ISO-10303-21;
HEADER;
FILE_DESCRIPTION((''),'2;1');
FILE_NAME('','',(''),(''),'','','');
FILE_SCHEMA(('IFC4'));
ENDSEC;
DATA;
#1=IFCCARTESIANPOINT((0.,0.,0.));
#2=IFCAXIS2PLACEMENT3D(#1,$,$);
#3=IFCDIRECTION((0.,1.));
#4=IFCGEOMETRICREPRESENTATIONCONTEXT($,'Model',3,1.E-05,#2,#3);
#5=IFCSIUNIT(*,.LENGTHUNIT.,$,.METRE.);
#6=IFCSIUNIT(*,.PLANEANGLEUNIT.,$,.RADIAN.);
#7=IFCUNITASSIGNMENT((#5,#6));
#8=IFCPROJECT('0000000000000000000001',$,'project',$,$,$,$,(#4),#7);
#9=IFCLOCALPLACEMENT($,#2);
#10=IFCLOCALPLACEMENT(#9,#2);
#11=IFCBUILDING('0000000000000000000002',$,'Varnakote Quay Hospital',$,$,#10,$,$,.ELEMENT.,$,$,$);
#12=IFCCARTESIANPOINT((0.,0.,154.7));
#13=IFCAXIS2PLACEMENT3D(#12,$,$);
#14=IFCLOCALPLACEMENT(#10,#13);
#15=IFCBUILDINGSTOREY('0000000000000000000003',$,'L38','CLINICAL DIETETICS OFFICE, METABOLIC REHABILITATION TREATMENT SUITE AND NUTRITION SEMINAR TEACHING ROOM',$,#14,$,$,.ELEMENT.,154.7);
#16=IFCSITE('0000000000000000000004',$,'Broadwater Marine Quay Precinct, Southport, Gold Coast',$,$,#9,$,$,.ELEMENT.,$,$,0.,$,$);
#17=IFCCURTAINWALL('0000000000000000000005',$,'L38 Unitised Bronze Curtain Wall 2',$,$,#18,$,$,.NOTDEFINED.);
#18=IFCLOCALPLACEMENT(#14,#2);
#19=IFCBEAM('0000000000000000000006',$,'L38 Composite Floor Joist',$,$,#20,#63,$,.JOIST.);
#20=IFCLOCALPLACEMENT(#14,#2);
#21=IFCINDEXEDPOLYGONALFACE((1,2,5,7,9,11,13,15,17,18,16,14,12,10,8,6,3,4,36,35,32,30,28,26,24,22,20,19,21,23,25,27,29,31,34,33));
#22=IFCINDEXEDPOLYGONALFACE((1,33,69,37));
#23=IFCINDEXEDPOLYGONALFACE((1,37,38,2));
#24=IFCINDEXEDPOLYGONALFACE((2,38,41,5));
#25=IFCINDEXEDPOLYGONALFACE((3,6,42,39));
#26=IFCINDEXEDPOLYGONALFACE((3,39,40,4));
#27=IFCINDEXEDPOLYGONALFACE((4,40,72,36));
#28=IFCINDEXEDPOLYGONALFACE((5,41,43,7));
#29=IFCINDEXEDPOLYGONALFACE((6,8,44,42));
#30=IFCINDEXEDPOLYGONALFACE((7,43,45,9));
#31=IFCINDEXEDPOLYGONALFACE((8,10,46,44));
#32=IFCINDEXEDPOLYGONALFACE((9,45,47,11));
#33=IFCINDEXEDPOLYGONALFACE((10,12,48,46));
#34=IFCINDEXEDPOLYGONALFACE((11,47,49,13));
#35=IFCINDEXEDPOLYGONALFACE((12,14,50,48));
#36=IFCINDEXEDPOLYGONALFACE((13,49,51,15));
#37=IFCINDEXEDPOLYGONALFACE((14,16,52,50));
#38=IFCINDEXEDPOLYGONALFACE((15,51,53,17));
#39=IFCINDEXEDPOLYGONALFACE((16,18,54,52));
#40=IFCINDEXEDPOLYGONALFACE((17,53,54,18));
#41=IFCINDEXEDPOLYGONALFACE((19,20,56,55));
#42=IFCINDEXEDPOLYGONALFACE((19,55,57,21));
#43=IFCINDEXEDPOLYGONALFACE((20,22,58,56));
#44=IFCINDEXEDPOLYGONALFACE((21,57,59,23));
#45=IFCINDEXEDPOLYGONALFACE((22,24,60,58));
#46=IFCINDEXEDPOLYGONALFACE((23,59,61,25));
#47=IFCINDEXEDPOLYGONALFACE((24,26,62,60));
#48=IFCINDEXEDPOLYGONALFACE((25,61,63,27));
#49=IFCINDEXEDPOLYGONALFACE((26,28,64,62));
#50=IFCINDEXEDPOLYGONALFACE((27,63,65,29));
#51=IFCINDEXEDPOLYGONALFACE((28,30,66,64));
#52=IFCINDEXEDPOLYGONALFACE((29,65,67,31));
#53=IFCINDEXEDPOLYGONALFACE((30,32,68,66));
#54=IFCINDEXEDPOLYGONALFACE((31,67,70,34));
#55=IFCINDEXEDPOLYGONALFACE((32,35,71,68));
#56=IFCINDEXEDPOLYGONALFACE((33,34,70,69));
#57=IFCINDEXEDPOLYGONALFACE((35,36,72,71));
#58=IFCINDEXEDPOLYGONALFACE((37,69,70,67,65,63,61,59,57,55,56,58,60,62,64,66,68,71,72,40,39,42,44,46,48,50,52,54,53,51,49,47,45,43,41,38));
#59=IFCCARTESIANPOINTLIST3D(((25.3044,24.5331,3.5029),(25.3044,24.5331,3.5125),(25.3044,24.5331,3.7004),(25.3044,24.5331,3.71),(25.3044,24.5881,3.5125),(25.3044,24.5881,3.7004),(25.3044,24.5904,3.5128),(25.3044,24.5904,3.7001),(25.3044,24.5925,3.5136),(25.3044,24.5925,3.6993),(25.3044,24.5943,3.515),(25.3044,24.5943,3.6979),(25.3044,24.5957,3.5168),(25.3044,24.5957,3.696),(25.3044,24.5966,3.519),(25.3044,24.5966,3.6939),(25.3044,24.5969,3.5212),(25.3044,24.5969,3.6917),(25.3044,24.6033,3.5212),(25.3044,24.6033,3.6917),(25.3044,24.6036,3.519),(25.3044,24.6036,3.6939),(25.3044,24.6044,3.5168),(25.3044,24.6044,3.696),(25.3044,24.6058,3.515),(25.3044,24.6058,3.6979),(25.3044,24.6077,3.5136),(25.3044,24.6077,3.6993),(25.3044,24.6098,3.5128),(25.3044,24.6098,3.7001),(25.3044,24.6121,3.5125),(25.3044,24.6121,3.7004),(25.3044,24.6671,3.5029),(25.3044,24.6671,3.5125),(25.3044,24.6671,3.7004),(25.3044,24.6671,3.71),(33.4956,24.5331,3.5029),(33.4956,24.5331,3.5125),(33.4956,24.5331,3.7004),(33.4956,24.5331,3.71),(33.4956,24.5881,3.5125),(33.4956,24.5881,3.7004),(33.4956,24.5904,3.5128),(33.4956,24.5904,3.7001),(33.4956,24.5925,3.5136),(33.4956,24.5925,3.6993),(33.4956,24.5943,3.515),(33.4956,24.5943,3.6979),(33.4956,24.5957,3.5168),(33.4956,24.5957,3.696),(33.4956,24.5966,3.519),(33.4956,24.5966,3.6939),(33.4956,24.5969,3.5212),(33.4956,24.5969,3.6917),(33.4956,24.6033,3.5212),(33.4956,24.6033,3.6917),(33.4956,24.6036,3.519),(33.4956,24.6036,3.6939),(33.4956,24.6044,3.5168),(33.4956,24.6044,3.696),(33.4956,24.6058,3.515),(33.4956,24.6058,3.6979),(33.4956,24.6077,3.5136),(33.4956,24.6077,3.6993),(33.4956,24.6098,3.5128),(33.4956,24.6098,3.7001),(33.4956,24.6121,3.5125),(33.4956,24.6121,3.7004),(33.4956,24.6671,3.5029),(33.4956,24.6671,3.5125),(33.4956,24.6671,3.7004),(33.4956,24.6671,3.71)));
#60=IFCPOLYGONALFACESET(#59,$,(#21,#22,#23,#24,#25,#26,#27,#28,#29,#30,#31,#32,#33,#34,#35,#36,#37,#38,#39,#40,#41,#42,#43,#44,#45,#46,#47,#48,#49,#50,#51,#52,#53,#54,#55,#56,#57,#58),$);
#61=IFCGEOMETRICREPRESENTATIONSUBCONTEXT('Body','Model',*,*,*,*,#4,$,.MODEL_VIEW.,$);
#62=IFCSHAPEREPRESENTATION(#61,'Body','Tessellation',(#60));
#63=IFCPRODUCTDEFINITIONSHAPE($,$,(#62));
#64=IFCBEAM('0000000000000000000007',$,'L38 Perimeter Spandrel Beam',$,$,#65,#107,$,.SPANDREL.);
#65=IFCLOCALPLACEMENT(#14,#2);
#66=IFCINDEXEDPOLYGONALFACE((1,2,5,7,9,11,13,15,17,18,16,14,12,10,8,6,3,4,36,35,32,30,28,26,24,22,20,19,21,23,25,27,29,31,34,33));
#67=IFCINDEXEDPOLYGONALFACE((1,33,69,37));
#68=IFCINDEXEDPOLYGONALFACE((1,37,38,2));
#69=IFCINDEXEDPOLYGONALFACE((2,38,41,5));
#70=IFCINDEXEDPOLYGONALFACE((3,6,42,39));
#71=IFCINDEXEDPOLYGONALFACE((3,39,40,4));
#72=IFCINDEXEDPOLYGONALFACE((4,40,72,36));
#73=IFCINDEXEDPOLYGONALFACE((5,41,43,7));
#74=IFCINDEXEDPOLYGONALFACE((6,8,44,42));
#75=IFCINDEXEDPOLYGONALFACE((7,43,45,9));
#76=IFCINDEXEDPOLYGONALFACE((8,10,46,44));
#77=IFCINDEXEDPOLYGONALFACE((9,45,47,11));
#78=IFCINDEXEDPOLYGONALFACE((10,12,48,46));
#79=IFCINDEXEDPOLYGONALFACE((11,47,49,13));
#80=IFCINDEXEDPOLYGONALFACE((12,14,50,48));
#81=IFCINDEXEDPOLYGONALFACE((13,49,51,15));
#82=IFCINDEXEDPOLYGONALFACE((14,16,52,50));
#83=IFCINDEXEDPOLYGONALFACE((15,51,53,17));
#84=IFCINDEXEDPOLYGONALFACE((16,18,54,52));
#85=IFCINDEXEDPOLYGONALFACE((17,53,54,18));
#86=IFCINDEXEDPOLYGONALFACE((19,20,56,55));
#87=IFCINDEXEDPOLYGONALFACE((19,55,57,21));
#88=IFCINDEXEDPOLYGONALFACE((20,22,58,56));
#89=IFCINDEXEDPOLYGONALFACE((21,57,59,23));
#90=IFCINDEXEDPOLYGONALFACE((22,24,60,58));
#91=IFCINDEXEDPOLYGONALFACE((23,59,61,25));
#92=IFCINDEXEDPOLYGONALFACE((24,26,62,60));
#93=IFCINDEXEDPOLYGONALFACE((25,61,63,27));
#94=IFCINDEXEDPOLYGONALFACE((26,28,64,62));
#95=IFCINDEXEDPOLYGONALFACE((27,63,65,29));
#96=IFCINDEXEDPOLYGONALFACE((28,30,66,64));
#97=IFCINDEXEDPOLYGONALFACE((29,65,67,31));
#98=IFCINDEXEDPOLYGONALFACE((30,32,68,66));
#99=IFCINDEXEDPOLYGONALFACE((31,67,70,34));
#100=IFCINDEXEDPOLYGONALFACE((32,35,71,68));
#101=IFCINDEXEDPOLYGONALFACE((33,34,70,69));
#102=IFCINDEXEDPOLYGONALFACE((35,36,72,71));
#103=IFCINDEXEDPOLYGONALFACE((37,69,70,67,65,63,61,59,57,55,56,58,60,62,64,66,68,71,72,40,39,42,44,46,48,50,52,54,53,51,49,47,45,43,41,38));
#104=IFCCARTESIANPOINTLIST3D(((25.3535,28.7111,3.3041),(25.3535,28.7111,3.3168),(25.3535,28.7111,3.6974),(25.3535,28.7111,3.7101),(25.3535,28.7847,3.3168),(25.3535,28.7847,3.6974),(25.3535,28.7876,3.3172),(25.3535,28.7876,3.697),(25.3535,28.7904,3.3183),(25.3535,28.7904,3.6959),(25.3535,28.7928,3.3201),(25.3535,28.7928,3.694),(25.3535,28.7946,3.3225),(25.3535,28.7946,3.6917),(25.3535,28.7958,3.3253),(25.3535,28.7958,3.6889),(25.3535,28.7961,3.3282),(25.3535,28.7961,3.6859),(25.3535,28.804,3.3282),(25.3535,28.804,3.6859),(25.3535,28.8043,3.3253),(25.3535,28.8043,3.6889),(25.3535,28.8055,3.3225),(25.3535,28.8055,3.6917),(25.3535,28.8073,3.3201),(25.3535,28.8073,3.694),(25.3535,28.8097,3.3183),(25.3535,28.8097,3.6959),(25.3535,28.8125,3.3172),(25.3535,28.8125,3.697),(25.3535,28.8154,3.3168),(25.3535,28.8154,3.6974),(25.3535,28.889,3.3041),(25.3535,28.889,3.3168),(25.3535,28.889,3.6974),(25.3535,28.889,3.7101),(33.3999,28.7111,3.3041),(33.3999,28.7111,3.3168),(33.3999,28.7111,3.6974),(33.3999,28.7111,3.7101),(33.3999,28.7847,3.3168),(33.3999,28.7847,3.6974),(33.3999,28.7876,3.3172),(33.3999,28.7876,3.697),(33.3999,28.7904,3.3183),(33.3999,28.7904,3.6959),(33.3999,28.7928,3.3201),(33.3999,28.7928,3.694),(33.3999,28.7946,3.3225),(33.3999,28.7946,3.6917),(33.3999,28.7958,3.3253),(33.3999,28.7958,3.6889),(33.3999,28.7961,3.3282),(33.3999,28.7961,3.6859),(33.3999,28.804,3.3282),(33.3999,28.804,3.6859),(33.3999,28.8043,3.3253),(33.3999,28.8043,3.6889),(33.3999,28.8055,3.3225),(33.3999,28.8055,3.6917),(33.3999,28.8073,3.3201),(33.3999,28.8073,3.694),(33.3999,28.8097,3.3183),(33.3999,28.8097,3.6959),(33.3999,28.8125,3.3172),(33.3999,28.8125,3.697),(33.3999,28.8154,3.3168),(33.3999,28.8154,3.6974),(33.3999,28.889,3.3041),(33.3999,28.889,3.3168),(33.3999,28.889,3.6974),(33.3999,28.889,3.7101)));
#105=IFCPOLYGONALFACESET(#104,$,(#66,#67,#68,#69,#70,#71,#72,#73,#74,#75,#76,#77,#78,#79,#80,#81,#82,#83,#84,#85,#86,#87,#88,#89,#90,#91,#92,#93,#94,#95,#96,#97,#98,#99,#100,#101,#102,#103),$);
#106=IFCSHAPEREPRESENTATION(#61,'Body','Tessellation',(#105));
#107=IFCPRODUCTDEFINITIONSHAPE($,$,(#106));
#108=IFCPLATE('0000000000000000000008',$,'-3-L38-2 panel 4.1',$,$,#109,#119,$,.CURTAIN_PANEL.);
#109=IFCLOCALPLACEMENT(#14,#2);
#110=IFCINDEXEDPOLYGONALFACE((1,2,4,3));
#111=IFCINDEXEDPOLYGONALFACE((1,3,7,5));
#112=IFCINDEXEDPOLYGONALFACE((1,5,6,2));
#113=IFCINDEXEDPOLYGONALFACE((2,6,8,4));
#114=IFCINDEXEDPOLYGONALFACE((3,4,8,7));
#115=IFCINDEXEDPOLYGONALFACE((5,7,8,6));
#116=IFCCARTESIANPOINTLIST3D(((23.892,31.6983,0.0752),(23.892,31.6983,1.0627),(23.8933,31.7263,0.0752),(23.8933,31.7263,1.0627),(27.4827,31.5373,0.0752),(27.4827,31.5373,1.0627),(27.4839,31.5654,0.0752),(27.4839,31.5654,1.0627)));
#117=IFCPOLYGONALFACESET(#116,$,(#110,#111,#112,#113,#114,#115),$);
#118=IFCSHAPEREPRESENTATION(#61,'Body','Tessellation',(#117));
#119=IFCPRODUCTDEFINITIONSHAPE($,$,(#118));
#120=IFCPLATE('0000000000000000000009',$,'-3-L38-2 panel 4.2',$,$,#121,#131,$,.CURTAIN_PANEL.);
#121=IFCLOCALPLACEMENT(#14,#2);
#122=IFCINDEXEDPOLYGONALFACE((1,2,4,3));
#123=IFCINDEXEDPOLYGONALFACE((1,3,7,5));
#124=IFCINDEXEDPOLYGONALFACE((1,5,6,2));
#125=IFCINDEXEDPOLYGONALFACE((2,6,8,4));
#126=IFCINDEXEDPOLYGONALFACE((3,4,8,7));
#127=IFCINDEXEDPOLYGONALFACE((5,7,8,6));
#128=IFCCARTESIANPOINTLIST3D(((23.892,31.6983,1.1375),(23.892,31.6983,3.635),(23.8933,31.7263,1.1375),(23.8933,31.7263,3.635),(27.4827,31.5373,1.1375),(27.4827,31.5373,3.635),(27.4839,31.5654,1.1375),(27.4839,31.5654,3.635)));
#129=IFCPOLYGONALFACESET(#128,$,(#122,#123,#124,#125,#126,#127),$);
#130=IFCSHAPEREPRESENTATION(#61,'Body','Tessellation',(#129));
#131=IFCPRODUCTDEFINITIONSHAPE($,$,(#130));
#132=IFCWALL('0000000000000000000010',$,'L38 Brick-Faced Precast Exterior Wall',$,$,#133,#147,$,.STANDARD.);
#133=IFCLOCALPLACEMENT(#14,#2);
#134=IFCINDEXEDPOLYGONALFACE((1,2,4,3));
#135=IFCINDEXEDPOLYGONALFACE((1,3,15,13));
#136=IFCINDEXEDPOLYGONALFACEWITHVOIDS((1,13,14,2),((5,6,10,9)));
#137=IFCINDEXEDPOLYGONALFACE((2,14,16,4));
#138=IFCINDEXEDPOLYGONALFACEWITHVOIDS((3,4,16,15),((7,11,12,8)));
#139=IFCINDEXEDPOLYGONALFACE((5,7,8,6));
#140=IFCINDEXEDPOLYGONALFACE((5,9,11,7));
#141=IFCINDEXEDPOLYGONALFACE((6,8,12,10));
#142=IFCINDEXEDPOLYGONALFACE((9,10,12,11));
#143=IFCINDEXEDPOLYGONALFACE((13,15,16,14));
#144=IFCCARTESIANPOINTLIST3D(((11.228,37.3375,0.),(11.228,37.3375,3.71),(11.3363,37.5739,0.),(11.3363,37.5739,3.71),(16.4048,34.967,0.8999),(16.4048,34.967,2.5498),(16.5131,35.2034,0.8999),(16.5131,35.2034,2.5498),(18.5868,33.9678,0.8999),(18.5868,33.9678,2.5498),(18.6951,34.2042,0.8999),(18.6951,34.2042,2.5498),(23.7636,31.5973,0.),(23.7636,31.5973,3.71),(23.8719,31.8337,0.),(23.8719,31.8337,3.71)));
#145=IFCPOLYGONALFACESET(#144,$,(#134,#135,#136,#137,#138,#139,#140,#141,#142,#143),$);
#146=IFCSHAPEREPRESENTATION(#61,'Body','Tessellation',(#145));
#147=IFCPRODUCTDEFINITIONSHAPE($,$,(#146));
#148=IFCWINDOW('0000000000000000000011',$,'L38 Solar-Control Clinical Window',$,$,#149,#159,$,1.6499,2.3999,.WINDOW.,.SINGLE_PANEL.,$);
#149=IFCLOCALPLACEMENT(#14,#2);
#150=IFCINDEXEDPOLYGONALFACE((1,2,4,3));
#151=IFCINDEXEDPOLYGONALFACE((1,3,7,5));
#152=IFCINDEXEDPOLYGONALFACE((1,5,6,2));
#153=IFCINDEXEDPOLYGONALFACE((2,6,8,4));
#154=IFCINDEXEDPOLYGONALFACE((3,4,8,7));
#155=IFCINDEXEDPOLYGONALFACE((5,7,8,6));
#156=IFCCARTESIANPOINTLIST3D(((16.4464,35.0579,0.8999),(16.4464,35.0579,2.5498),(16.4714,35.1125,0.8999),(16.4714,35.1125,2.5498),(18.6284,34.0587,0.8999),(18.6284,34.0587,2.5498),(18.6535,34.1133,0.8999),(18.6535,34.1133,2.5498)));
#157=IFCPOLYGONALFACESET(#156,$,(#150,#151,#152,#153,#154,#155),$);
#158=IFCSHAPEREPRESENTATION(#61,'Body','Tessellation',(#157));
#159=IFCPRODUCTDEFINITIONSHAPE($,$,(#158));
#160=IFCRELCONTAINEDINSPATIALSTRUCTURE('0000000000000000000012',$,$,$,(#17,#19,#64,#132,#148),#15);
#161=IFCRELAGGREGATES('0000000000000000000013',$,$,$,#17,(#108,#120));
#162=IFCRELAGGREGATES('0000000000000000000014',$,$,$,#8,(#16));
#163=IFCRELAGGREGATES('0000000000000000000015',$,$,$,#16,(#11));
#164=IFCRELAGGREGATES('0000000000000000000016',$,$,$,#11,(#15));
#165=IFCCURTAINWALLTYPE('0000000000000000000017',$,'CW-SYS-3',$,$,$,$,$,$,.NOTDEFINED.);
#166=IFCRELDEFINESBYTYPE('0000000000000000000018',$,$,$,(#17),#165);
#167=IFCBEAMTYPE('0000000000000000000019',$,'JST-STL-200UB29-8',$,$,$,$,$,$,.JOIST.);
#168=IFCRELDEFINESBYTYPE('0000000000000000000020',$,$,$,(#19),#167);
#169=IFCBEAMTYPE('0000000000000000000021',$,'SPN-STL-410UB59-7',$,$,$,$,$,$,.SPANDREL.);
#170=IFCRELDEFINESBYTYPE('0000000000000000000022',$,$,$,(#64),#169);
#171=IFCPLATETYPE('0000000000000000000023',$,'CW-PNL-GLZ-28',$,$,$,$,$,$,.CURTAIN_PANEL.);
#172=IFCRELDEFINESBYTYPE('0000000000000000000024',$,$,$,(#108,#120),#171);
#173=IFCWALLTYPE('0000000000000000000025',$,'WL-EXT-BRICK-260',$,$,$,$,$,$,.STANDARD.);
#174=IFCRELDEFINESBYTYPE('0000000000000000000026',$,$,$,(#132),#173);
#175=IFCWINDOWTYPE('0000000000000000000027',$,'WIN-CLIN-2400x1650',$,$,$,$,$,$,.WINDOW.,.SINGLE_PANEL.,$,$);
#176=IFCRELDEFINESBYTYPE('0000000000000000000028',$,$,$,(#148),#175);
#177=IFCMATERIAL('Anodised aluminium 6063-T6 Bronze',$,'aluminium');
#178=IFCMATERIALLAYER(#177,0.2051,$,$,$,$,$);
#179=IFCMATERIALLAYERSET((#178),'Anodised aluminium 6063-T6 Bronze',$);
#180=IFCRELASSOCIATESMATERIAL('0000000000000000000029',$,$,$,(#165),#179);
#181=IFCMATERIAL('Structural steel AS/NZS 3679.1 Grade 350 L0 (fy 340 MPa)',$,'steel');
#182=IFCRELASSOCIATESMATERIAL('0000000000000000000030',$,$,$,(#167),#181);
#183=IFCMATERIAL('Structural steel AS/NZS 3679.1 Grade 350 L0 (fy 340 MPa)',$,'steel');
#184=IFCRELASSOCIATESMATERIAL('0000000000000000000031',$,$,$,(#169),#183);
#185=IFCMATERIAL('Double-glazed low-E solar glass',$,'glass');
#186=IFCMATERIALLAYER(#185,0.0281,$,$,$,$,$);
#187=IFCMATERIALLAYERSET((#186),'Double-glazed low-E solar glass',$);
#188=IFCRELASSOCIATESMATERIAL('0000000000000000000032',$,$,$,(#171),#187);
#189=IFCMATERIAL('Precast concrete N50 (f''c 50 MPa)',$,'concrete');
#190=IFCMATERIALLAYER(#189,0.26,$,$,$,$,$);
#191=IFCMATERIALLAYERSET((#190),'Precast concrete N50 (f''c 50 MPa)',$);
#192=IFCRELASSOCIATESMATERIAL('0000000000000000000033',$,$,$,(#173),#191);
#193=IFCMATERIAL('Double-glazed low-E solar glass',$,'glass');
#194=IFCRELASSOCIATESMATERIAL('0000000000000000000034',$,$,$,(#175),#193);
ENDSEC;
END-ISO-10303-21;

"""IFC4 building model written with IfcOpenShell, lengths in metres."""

from ifc_helpers import new_model, si_unit, direction, frame, frame_2d, origin, origin_2d, place, context, subcontext, project, spatial, rectangle, i_section, extrude, material, layer, layer_set, material_profile, profile_set, type_object, element, fill, aggregate, save


model = new_model("IFC4")

# Units and contexts
model_context = context("Model", 3, precision=1e-05, world=origin(), true_north=direction((0.0, 1.0)))
body_context = subcontext(model_context, "Body", "Model", "MODEL_VIEW")
ifc_project = project(units=[si_unit("LENGTHUNIT", "METRE"), si_unit("PLANEANGLEUNIT", "RADIAN")], contexts=[model_context])

# Site, building, storey
site_placement = place(None, origin())
site = spatial("IfcSite", under=ifc_project, at=site_placement, Name="Broadwater Marine Quay Precinct, Southport, Gold Coast", CompositionType="ELEMENT", RefElevation=0.0)
building_placement = place(site_placement, origin())
building = spatial("IfcBuilding", under=site, at=building_placement, Name="Varnakote Quay Hospital", CompositionType="ELEMENT")
storey_placement = place(building_placement, frame((0.0, 0.0, 154.7)))
storey = spatial("IfcBuildingStorey", under=building, at=storey_placement, Name="L38", Description="CLINICAL DIETETICS OFFICE, METABOLIC REHABILITATION TREATMENT SUITE AND NUTRITION SEMINAR TEACHING ROOM", CompositionType="ELEMENT", Elevation=154.7)

# Curtain wall
ifc_material_1 = material(Name="Anodised aluminium 6063-T6 Bronze", Category="aluminium")
ifc_layer_1 = layer(ifc_material_1, 0.2051)
ifc_layer_set_1 = layer_set([ifc_layer_1], Name="Anodised aluminium 6063-T6 Bronze")
curtain_wall_type = type_object("IfcCurtainWallType", Name="CW-SYS-3", PredefinedType="NOTDEFINED", material=ifc_layer_set_1)
curtain_wall_placement = place(storey_placement, origin())
curtain_wall = element("IfcCurtainWall", 1, at=curtain_wall_placement, inside=storey, type_object=curtain_wall_type, Name="L38 Unitised Bronze Curtain Wall 2", PredefinedType="NOTDEFINED")

# Beams
ifc_material_2 = material(Name="Structural steel AS/NZS 3679.1 Grade 350 L0 (fy 340 MPa)", Category="steel")
ifc_material_profile_1 = material_profile(ifc_material_2, i_section(OverallWidth=0.134, OverallDepth=0.207, WebThickness=0.0063, FlangeThickness=0.0095, FilletRadius=0.0088, at=origin_2d()), Name="200UB29.8")
ifc_profile_set_1 = profile_set([ifc_material_profile_1], Name="Structural steel AS/NZS 3679.1 Grade 350 L0 (fy 340 MPa)")
beam_type_1 = type_object("IfcBeamType", Name="JST-STL-200UB29-8", PredefinedType="JOIST", material=ifc_profile_set_1)
beam_1_placement = place(storey_placement, frame((25.3044, 24.6001, 3.6064), z_axis=(1.0, 0.0, 0.0), x_axis=(0.0, 1.0, 0.0)))
element("IfcBeam", 2, at=beam_1_placement, inside=storey, type_object=beam_type_1, Name="L38 Composite Floor Joist", PredefinedType="JOIST", context=body_context, shape_type="SweptSolid", body=[
    extrude(i_section(OverallWidth=0.134, OverallDepth=0.207, WebThickness=0.0063, FlangeThickness=0.0095, FilletRadius=0.0088, at=origin_2d()), origin(), (0.0, 0.0, 1.0), 8.1912),
])
ifc_material_3 = material(Name="Structural steel AS/NZS 3679.1 Grade 350 L0 (fy 340 MPa)", Category="steel")
ifc_material_profile_2 = material_profile(ifc_material_3, i_section(OverallWidth=0.178, OverallDepth=0.406, WebThickness=0.0078, FlangeThickness=0.0127, FilletRadius=0.0115, at=origin_2d()), Name="410UB59.7")
ifc_profile_set_2 = profile_set([ifc_material_profile_2], Name="Structural steel AS/NZS 3679.1 Grade 350 L0 (fy 340 MPa)")
beam_type_2 = type_object("IfcBeamType", Name="SPN-STL-410UB59-7", PredefinedType="SPANDREL", material=ifc_profile_set_2)
beam_2_placement = place(storey_placement, frame((25.3535, 28.8, 3.5071), z_axis=(1.0, 0.0, 0.0), x_axis=(0.0, 1.0, 0.0)))
element("IfcBeam", 3, at=beam_2_placement, inside=storey, type_object=beam_type_2, Name="L38 Perimeter Spandrel Beam", PredefinedType="SPANDREL", context=body_context, shape_type="SweptSolid", body=[
    extrude(i_section(OverallWidth=0.178, OverallDepth=0.406, WebThickness=0.0078, FlangeThickness=0.0127, FilletRadius=0.0115, at=origin_2d()), origin(), (0.0, 0.0, 1.0), 8.0464),
])

# Plates
ifc_material_4 = material(Name="Double-glazed low-E solar glass", Category="glass")
ifc_layer_2 = layer(ifc_material_4, 0.0281)
ifc_layer_set_2 = layer_set([ifc_layer_2], Name="Double-glazed low-E solar glass")
plate_type = type_object("IfcPlateType", Name="CW-PNL-GLZ-28", PredefinedType="CURTAIN_PANEL", material=ifc_layer_set_2)
plate_1_placement = place(storey_placement, frame((25.688, 31.6318, 0.0752), z_axis=(0.0, 0.0, 1.0), x_axis=(-0.998997, 0.044782, 0.0)))
plate_1 = element("IfcPlate", 4, at=plate_1_placement, type_object=plate_type, Name="-3-L38-2 panel 4.1", PredefinedType="CURTAIN_PANEL", context=body_context, shape_type="SweptSolid", body=[
    extrude(rectangle(XDim=3.5942, YDim=0.0281, at=origin_2d()), origin(), (0.0, 0.0, 1.0), 0.9875),
])
plate_2_placement = place(storey_placement, frame((25.688, 31.6318, 1.1375), z_axis=(0.0, 0.0, 1.0), x_axis=(-0.998997, 0.044782, 0.0)))
plate_2 = element("IfcPlate", 5, at=plate_2_placement, type_object=plate_type, Name="-3-L38-2 panel 4.2", PredefinedType="CURTAIN_PANEL", context=body_context, shape_type="SweptSolid", body=[
    extrude(rectangle(XDim=3.5942, YDim=0.0281, at=origin_2d()), origin(), (0.0, 0.0, 1.0), 2.4976),
])
aggregate(curtain_wall, [plate_1, plate_2])

# Wall, opening, window
ifc_material_5 = material(Name="Precast concrete N50 (f'c 50 MPa)", Category="concrete")
ifc_layer_3 = layer(ifc_material_5, 0.26)
ifc_layer_set_3 = layer_set([ifc_layer_3], Name="Precast concrete N50 (f'c 50 MPa)")
wall_type_1 = type_object("IfcWallType", Name="WL-EXT-BRICK-260", PredefinedType="STANDARD", material=ifc_layer_set_3)
wall_1_placement = place(storey_placement, frame((23.8176, 31.7156, 0.0), z_axis=(0.0, 0.0, 1.0), x_axis=(-0.90921, 0.416339, 0.0)))
wall_1 = element("IfcWall", 6, at=wall_1_placement, inside=storey, type_object=wall_type_1, Name="L38 Brick-Faced Precast Exterior Wall", PredefinedType="STANDARD", context=body_context, shape_type="SweptSolid", body=[
    extrude(rectangle(XDim=13.7874, YDim=0.26, at=frame_2d((6.8936, 0.0))), origin(), (0.0, 0.0, 1.0), 3.71),
])
opening_1_placement = place(wall_1_placement, frame((5.6936, 0.0, 0.8999)))
opening_1 = element("IfcOpeningElement", 7, at=opening_1_placement, cuts=wall_1, PredefinedType="OPENING", context=body_context, shape_type="SweptSolid", body=[
    extrude(rectangle(XDim=2.3999, YDim=1.6499, at=frame_2d((1.2, 0.825))), frame((0.0, 0.1399, 0.0), z_axis=(0.0, -1.0, 0.0), x_axis=(1.0, 0.0, 0.0)), (0.0, 0.0, 1.0), 0.28),
])
ifc_material_6 = material(Name="Double-glazed low-E solar glass", Category="glass")
window_type = type_object("IfcWindowType", Name="WIN-CLIN-2400x1650", PartitioningType="SINGLE_PANEL", PredefinedType="WINDOW", material=ifc_material_6)
window_1_placement = place(opening_1_placement, origin())
window_1 = element("IfcWindow", 8, at=window_1_placement, inside=storey, type_object=window_type, Name="L38 Solar-Control Clinical Window", OverallHeight=1.6499, OverallWidth=2.3999, PartitioningType="SINGLE_PANEL", PredefinedType="WINDOW", context=body_context, shape_type="SweptSolid", body=[
    extrude(rectangle(XDim=2.3999, YDim=1.6499, at=frame_2d((1.2, 0.825))), frame((0.0, 0.03, 0.0), z_axis=(0.0, -1.0, 0.0), x_axis=(1.0, 0.0, 0.0)), (0.0, 0.0, 1.0), 0.0601),
])
fill(opening_1, window_1)

save(model, "model.ifc")
